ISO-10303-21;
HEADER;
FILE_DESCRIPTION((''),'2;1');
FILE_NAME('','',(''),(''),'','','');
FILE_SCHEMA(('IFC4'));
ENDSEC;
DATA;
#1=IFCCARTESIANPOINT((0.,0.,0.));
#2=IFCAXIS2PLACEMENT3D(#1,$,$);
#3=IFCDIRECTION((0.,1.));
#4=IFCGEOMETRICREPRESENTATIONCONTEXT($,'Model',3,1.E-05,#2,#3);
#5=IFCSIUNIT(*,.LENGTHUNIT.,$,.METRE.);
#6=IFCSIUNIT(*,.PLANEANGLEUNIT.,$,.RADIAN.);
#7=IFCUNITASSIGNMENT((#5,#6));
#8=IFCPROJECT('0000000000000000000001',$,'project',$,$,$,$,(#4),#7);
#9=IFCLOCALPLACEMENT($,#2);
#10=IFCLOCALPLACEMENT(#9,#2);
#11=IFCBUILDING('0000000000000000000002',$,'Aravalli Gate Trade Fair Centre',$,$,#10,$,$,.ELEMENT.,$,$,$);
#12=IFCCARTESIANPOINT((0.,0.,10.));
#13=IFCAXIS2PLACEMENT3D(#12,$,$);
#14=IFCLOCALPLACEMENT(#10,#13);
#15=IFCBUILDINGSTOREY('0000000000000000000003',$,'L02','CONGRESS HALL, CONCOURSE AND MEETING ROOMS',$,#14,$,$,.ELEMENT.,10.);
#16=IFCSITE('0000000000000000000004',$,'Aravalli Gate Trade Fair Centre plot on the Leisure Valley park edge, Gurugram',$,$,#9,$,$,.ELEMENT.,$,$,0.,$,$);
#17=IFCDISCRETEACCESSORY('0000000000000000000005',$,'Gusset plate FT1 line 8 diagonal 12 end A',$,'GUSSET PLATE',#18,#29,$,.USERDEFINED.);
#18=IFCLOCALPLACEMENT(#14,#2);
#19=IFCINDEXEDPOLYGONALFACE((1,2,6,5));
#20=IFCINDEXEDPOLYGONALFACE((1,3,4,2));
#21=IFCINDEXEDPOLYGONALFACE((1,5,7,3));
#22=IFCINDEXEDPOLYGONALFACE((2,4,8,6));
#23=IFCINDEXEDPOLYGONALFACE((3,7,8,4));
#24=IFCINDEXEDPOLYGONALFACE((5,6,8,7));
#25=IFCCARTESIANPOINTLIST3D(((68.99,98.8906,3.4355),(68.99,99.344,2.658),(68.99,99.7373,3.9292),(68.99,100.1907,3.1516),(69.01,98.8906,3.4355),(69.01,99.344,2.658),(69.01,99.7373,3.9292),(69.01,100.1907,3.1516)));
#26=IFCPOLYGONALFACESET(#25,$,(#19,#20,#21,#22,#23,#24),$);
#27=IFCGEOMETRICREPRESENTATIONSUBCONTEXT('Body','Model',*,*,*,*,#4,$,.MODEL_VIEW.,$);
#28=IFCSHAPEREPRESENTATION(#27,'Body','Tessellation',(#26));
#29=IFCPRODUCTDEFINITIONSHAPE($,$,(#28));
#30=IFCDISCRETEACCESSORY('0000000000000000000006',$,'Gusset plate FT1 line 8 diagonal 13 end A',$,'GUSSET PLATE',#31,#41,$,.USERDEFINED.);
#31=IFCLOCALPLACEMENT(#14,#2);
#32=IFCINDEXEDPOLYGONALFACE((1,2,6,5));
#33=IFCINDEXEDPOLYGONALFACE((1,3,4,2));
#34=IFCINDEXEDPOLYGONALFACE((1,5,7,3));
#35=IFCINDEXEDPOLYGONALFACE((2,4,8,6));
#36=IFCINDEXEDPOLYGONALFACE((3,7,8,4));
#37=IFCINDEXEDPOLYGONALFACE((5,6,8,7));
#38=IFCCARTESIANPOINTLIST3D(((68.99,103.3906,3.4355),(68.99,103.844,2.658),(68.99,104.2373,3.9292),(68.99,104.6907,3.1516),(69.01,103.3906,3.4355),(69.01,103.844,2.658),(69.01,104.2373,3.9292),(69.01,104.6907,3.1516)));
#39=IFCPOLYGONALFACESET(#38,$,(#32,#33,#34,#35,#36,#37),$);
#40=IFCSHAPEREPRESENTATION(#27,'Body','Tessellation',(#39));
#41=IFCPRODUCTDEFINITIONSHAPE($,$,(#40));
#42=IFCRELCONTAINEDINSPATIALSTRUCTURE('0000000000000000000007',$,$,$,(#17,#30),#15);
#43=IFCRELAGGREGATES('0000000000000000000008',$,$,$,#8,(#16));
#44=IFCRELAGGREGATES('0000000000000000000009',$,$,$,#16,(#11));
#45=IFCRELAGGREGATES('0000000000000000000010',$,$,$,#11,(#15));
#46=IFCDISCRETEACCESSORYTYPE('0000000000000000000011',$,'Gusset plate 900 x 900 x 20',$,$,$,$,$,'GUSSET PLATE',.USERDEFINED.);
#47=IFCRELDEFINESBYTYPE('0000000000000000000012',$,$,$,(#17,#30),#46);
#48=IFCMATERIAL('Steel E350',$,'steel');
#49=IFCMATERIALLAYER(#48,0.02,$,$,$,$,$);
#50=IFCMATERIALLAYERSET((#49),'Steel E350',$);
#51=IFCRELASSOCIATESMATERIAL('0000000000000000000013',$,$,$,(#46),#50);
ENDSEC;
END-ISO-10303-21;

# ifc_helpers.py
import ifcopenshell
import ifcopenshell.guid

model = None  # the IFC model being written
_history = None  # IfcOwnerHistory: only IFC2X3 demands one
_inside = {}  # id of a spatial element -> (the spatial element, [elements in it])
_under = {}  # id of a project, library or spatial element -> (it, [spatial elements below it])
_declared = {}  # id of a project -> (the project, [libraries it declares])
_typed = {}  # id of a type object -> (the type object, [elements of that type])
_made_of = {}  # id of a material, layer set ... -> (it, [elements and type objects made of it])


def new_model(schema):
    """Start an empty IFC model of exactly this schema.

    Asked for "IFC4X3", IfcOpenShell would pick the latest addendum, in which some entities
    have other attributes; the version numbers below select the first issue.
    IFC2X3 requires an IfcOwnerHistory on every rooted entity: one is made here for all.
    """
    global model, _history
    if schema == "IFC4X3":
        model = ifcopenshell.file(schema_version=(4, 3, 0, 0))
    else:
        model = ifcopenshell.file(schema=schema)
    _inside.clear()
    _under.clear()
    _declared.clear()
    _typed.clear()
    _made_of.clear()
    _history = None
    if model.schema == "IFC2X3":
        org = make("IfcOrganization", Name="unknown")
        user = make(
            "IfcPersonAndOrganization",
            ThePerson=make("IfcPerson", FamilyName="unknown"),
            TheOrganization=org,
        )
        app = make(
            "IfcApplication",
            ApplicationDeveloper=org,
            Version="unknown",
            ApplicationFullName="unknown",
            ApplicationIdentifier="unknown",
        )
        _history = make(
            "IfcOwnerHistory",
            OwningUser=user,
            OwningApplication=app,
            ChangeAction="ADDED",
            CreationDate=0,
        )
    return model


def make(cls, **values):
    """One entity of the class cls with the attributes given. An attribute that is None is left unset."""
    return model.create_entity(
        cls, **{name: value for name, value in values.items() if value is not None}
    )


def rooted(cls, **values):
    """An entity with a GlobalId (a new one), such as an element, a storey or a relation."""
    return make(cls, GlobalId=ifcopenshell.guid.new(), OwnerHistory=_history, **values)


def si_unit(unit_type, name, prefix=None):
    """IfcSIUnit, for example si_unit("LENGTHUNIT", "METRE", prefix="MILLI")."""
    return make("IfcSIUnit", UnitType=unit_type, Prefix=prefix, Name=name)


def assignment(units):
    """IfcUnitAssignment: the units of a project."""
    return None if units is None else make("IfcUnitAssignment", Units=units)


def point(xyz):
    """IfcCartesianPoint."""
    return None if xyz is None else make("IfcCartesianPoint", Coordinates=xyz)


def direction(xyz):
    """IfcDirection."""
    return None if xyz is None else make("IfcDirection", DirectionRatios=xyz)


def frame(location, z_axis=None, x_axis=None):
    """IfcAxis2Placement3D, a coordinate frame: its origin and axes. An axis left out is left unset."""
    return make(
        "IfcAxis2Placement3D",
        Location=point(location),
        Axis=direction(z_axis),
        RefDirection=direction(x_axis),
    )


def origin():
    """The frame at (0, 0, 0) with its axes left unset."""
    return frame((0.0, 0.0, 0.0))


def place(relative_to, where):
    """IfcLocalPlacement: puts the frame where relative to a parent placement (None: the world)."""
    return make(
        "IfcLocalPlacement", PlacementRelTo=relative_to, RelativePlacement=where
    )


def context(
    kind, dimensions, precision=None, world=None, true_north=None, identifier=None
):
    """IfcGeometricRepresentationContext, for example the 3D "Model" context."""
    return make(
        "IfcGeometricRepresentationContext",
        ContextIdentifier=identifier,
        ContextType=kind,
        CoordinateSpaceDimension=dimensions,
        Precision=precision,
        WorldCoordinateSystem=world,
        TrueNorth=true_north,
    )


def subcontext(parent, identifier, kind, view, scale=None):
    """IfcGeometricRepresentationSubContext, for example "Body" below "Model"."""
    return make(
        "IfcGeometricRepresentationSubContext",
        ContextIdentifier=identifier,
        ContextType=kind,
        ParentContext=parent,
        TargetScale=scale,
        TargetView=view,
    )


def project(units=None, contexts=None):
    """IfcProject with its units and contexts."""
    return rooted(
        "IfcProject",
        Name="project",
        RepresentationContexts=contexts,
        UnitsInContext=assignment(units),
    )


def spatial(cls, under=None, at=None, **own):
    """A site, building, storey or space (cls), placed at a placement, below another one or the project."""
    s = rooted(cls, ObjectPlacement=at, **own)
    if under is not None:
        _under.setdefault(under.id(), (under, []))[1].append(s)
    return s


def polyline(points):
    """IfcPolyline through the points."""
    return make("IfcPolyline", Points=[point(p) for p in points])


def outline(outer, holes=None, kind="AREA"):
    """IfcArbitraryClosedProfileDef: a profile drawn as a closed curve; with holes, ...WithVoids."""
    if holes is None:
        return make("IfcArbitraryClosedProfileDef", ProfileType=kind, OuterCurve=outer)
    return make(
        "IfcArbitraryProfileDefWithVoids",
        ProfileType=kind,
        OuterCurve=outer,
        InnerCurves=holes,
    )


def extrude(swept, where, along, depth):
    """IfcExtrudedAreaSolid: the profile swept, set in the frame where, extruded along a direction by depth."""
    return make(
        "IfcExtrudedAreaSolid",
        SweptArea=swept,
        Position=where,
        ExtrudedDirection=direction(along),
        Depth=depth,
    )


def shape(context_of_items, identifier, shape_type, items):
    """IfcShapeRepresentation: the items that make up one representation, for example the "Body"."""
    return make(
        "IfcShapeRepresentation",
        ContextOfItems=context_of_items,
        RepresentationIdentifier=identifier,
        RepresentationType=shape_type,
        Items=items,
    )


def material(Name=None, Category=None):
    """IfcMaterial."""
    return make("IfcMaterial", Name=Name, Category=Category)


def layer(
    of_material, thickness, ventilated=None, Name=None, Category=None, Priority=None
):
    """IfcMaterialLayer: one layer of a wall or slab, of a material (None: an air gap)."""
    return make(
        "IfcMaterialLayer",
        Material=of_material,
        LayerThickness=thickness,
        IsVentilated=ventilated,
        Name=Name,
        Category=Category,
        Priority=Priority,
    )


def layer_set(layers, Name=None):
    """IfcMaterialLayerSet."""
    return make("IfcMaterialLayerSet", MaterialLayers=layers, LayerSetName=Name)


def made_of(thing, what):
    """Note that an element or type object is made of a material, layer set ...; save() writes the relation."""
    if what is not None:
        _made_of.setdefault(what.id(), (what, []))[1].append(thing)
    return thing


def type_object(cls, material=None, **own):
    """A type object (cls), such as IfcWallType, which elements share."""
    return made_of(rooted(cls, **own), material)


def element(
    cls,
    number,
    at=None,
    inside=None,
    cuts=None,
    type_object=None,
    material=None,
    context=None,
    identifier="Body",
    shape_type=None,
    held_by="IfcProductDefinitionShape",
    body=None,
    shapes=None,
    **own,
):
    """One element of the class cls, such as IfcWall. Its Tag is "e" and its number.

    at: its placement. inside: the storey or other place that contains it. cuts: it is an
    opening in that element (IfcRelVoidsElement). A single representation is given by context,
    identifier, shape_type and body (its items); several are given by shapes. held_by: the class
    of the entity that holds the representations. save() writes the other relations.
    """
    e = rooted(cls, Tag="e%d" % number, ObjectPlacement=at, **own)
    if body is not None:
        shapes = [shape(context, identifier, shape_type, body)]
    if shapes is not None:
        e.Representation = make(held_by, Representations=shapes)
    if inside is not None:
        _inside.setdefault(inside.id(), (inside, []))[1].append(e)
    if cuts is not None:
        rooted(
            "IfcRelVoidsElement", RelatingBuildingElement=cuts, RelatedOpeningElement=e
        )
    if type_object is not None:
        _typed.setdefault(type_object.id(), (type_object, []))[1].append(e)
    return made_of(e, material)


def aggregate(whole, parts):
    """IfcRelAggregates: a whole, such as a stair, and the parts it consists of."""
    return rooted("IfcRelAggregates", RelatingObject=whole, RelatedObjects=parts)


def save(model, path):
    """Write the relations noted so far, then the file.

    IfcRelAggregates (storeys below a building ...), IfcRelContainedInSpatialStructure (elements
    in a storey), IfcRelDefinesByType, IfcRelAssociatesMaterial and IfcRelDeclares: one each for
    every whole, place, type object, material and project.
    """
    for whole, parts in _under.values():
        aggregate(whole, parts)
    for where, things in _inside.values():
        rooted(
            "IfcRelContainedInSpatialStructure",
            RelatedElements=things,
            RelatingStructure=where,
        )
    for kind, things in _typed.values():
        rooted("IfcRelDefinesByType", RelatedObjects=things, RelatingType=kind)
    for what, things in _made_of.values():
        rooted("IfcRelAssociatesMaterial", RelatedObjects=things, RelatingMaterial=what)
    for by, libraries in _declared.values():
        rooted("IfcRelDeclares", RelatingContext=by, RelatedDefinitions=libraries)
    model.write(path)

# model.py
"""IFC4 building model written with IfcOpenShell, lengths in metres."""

from ifc_helpers import new_model, si_unit, direction, frame, origin, place, context, subcontext, project, spatial, polyline, outline, extrude, material, layer, layer_set, type_object, element, save


model = new_model("IFC4")

# Units and contexts
model_context = context("Model", 3, precision=1e-05, world=origin(), true_north=direction((0.0, 1.0)))
body_context = subcontext(model_context, "Body", "Model", "MODEL_VIEW")
ifc_project = project(units=[si_unit("LENGTHUNIT", "METRE"), si_unit("PLANEANGLEUNIT", "RADIAN")], contexts=[model_context])

# Site, building, storey
site_placement = place(None, origin())
site = spatial("IfcSite", under=ifc_project, at=site_placement, Name="Aravalli Gate Trade Fair Centre plot on the Leisure Valley park edge, Gurugram", CompositionType="ELEMENT", RefElevation=0.0)
building_placement = place(site_placement, origin())
building = spatial("IfcBuilding", under=site, at=building_placement, Name="Aravalli Gate Trade Fair Centre", CompositionType="ELEMENT")
storey_placement = place(building_placement, frame((0.0, 0.0, 10.0)))
storey = spatial("IfcBuildingStorey", under=building, at=storey_placement, Name="L02", Description="CONGRESS HALL, CONCOURSE AND MEETING ROOMS", CompositionType="ELEMENT", Elevation=10.0)

# Shared definitions
ifc_material_1 = material(Name="Steel E350", Category="steel")

# Discrete accessories
ifc_layer_1 = layer(ifc_material_1, 0.02)
ifc_layer_set_1 = layer_set([ifc_layer_1], Name="Steel E350")
discrete_accessory_type = type_object("IfcDiscreteAccessoryType", Name="Gusset plate 900 x 900 x 20", ElementType="GUSSET PLATE", PredefinedType="USERDEFINED", material=ifc_layer_set_1)
for number, where, z_axis, x_axis, name in (
    (1, (68.99, 98.8906, 3.4355), (-1.0, 0.0, 0.0), (0.0, 0.863887, 0.503685), "Gusset plate FT1 line 8 diagonal 12 end A"),
    (2, (68.99, 103.3906, 3.4355), (-1.0, 0.0, 0.0), (0.0, 0.863887, 0.503685), "Gusset plate FT1 line 8 diagonal 13 end A"),
):
    element("IfcDiscreteAccessory", number, at=place(storey_placement, frame(where, z_axis=z_axis, x_axis=x_axis)), inside=storey, type_object=discrete_accessory_type, Name=name, ObjectType="GUSSET PLATE", PredefinedType="USERDEFINED", context=body_context, shape_type="SweptSolid", body=[
        extrude(outline(polyline([(0.0, 0.0), (0.9801, 0.0), (0.9801, 0.9001), (0.0, 0.9001), (0.0, 0.0)])), origin(), (0.0, 0.0, -1.0), 0.02),
    ])

save(model, "model.ifc")
